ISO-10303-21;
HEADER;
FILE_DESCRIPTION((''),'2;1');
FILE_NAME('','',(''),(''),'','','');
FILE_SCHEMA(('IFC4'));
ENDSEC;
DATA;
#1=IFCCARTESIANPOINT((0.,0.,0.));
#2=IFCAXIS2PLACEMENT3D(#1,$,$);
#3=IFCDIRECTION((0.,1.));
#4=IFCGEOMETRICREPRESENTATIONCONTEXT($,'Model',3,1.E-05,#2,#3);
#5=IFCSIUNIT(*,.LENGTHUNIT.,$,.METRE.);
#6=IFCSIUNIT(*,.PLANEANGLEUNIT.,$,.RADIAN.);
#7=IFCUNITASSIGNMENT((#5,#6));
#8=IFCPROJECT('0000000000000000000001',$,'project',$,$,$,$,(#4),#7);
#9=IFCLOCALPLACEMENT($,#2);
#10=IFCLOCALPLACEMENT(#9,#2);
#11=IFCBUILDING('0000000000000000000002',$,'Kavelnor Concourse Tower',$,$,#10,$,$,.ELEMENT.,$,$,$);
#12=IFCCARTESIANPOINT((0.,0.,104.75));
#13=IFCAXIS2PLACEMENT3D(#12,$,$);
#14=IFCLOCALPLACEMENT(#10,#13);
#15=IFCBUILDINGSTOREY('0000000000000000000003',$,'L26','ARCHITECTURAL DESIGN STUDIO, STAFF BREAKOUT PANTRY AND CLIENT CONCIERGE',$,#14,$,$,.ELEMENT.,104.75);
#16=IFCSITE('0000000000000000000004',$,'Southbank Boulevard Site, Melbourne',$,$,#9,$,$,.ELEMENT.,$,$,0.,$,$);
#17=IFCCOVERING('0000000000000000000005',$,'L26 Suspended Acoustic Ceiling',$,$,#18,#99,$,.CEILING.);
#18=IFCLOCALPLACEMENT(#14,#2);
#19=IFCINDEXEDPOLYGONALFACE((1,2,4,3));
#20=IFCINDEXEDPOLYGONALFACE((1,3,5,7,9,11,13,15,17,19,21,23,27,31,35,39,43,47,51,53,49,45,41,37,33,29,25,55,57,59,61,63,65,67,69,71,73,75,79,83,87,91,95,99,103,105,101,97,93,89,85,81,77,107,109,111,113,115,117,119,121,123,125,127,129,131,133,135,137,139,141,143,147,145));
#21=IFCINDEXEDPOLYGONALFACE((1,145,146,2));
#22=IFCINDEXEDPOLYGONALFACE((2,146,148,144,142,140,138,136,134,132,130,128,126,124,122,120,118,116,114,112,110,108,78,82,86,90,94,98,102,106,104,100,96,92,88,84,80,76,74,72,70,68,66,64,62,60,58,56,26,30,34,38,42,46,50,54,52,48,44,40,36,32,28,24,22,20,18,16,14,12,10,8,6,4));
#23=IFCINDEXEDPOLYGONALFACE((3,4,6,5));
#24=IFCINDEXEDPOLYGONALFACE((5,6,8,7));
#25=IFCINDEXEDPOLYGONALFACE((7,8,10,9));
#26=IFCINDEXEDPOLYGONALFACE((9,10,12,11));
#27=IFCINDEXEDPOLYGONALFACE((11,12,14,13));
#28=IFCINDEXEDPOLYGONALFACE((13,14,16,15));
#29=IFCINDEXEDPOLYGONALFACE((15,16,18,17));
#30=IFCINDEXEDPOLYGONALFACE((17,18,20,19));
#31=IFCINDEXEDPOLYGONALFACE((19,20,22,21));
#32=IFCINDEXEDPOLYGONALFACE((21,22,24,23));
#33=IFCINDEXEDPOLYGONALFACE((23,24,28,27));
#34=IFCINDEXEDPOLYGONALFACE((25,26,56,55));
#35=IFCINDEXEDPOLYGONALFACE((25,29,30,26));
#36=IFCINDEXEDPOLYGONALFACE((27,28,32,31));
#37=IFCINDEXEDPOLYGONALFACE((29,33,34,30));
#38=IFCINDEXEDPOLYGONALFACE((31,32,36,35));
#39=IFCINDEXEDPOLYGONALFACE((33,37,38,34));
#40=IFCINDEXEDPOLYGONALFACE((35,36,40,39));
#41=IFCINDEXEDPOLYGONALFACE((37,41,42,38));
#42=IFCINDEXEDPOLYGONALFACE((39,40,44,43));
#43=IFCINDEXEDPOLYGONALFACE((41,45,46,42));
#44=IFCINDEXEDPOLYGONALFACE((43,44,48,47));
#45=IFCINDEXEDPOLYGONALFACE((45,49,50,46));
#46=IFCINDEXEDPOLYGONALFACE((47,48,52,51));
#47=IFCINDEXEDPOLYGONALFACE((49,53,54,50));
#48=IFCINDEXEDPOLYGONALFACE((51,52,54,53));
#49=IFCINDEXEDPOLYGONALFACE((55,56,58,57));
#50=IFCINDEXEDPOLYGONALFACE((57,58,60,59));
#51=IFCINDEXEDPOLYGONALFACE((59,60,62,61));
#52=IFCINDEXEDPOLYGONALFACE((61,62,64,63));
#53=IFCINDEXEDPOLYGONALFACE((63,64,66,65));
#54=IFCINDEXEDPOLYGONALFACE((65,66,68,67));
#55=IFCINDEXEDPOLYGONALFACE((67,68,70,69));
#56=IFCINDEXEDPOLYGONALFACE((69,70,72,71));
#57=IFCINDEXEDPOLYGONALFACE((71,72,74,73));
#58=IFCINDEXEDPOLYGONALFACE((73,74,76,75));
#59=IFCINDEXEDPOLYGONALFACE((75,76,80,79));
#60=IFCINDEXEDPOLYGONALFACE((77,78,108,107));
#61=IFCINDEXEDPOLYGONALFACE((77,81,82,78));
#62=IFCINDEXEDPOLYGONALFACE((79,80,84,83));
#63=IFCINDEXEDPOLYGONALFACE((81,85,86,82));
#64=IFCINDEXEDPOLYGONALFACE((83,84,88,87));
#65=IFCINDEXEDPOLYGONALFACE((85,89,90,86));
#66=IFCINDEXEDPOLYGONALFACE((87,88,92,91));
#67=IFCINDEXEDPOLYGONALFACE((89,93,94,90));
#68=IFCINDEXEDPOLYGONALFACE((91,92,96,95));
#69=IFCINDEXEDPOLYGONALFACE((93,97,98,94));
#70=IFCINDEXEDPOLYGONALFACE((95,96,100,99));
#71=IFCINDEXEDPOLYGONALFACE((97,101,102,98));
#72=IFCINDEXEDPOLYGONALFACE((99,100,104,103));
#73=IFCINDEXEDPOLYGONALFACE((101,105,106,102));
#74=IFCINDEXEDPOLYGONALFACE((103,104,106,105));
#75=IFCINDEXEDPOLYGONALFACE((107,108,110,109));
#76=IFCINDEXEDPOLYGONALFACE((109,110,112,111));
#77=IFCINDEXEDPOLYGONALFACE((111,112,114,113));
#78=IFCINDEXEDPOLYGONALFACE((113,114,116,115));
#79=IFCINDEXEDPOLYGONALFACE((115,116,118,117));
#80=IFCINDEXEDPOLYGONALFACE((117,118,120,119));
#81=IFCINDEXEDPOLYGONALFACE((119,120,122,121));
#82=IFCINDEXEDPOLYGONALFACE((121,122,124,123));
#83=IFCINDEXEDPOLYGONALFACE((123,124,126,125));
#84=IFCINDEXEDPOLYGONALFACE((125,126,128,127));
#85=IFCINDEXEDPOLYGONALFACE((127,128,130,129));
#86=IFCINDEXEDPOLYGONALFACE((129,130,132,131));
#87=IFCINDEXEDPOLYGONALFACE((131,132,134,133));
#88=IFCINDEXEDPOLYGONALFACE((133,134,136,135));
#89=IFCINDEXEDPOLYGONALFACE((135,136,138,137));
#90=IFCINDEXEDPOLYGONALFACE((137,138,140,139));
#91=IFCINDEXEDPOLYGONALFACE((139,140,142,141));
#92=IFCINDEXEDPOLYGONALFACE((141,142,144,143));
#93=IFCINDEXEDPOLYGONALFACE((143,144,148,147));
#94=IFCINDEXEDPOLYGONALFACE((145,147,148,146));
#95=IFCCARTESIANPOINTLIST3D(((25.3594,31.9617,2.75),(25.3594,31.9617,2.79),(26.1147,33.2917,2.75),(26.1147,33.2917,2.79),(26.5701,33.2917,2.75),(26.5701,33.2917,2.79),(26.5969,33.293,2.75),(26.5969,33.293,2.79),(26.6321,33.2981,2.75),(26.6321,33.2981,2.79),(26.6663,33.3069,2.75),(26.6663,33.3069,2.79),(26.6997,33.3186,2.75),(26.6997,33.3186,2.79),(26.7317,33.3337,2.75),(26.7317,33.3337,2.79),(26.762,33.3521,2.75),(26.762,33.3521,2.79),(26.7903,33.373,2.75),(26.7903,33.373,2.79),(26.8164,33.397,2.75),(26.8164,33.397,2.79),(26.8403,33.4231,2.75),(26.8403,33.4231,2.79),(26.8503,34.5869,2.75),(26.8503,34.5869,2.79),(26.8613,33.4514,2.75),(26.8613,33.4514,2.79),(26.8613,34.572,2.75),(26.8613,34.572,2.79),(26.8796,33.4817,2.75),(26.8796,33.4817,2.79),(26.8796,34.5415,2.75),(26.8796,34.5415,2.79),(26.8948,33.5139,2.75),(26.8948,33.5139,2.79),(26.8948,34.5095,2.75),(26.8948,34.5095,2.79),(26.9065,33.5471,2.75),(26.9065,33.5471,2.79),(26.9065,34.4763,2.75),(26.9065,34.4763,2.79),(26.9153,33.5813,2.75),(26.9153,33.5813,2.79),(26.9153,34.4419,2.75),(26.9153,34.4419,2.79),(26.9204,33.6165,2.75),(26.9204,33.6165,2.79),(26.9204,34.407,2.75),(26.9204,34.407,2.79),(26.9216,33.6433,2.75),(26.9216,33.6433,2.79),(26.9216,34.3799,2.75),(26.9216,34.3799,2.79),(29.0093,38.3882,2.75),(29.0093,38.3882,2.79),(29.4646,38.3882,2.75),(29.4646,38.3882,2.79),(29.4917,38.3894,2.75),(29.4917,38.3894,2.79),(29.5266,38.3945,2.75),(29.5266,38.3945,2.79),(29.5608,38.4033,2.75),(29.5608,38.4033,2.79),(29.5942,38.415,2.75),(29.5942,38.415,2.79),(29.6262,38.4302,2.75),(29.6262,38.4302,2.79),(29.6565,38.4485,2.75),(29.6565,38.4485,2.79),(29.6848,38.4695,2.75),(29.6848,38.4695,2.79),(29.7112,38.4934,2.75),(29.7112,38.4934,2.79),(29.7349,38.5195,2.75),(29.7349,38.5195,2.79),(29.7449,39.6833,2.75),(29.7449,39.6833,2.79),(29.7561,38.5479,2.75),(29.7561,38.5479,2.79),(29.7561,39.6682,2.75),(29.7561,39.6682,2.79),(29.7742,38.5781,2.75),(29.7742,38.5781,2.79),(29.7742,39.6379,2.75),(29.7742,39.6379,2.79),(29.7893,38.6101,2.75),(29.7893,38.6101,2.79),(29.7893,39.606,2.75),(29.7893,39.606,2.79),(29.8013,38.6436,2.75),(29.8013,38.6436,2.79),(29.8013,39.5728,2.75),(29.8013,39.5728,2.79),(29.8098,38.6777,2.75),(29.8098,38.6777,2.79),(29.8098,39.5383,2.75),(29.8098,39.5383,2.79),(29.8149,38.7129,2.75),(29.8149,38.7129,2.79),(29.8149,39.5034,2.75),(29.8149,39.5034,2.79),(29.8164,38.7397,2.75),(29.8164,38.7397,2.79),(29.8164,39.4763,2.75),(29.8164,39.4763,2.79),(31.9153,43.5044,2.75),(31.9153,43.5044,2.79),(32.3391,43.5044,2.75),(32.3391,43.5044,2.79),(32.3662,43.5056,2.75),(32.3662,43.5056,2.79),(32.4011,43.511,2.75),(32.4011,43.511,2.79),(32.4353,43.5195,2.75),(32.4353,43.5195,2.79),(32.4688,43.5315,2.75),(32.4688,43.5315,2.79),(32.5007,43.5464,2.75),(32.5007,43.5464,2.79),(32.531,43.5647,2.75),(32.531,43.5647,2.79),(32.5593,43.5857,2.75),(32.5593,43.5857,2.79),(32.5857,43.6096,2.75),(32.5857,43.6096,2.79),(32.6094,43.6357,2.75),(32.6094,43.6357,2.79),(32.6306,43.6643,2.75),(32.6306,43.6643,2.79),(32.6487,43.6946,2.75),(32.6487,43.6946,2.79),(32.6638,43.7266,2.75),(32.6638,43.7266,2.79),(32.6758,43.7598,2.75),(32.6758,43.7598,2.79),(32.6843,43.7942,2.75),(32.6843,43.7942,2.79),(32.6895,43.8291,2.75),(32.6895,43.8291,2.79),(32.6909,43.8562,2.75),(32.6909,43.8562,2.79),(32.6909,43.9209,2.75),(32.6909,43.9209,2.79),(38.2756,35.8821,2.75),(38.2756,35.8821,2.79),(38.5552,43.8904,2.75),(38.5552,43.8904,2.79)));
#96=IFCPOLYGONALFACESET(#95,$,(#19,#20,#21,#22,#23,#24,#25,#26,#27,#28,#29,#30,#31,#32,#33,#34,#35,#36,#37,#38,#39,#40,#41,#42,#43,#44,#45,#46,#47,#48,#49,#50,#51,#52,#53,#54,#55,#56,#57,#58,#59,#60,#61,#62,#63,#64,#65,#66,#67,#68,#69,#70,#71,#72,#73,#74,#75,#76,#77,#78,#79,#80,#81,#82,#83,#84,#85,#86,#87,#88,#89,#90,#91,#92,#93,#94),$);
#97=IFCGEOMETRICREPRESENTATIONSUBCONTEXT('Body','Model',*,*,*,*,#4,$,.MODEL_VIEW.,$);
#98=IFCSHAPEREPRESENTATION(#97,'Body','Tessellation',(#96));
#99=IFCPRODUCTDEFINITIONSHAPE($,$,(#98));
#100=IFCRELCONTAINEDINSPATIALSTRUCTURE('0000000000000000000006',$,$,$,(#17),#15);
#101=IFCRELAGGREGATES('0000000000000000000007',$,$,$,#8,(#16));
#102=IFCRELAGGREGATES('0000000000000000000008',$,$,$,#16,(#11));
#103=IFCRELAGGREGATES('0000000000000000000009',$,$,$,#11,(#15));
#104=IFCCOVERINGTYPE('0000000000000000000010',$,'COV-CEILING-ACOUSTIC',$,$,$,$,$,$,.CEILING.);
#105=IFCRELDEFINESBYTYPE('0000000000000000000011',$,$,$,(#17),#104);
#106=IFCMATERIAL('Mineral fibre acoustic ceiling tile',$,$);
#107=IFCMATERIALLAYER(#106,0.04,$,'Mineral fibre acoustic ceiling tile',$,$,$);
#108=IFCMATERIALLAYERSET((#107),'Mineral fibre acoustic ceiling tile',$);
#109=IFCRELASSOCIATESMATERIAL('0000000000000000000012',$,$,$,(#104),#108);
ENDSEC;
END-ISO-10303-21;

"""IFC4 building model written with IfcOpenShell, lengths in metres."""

from ifc_helpers import new_model, si_unit, direction, frame, origin, place, context, subcontext, project, spatial, polyline, outline, extrude, material, layer, layer_set, type_object, element, save


model = new_model("IFC4")

# Units and contexts
model_context = context("Model", 3, precision=1e-05, world=origin(), true_north=direction((0.0, 1.0)))
body_context = subcontext(model_context, "Body", "Model", "MODEL_VIEW")
ifc_project = project(units=[si_unit("LENGTHUNIT", "METRE"), si_unit("PLANEANGLEUNIT", "RADIAN")], contexts=[model_context])

# Site, building, storey
site_placement = place(None, origin())
site = spatial("IfcSite", under=ifc_project, at=site_placement, Name="Southbank Boulevard Site, Melbourne", CompositionType="ELEMENT", RefElevation=0.0)
building_placement = place(site_placement, origin())
building = spatial("IfcBuilding", under=site, at=building_placement, Name="Kavelnor Concourse Tower", CompositionType="ELEMENT")
storey_placement = place(building_placement, frame((0.0, 0.0, 104.75)))
storey = spatial("IfcBuildingStorey", under=building, at=storey_placement, Name="L26", Description="ARCHITECTURAL DESIGN STUDIO, STAFF BREAKOUT PANTRY AND CLIENT CONCIERGE", CompositionType="ELEMENT", Elevation=104.75)

# Covering
ifc_material_1 = material(Name="Mineral fibre acoustic ceiling tile")
ifc_layer_1 = layer(ifc_material_1, 0.04, Name="Mineral fibre acoustic ceiling tile")
ifc_layer_set_1 = layer_set([ifc_layer_1], Name="Mineral fibre acoustic ceiling tile")
covering_type_1 = type_object("IfcCoveringType", Name="COV-CEILING-ACOUSTIC", PredefinedType="CEILING", material=ifc_layer_set_1)
covering_1_placement = place(storey_placement, frame((0.0, 0.0, 2.75)))
element("IfcCovering", 1, at=covering_1_placement, inside=storey, type_object=covering_type_1, Name="L26 Suspended Acoustic Ceiling", PredefinedType="CEILING", context=body_context, shape_type="SweptSolid", body=[
    extrude(outline(polyline([(26.5701, 33.2917), (26.5969, 33.293), (26.6321, 33.2981), (26.6663, 33.3069), (26.6997, 33.3186), (26.7317, 33.3337), (26.762, 33.3521), (26.7903, 33.373), (26.8164, 33.397), (26.8403, 33.4231), (26.8613, 33.4514), (26.8796, 33.4817), (26.8948, 33.5139), (26.9065, 33.5471), (26.9153, 33.5813), (26.9204, 33.6165), (26.9216, 33.6433), (26.9216, 34.3799), (26.9204, 34.407), (26.9153, 34.4419), (26.9065, 34.4763), (26.8948, 34.5095), (26.8796, 34.5415), (26.8613, 34.572), (26.8503, 34.5869), (29.0093, 38.3882), (29.4646, 38.3882), (29.4917, 38.3894), (29.5266, 38.3945), (29.5608, 38.4033), (29.5942, 38.415), (29.6262, 38.4302), (29.6565, 38.4485), (29.6848, 38.4695), (29.7112, 38.4934), (29.7349, 38.5195), (29.7561, 38.5479), (29.7742, 38.5781), (29.7893, 38.6101), (29.8013, 38.6436), (29.8098, 38.6777), (29.8149, 38.7129), (29.8164, 38.7397), (29.8164, 39.4763), (29.8149, 39.5034), (29.8098, 39.5383), (29.8013, 39.5728), (29.7893, 39.606), (29.7742, 39.6379), (29.7561, 39.6682), (29.7449, 39.6833), (31.9153, 43.5044), (32.3391, 43.5044), (32.3662, 43.5056), (32.4011, 43.511), (32.4353, 43.5195), (32.4688, 43.5315), (32.5007, 43.5464), (32.531, 43.5647), (32.5593, 43.5857), (32.5857, 43.6096), (32.6094, 43.6357), (32.6306, 43.6643), (32.6487, 43.6946), (32.6638, 43.7266), (32.6758, 43.7598), (32.6843, 43.7942), (32.6895, 43.8291), (32.6909, 43.8562), (32.6909, 43.9209), (38.5552, 43.8904), (38.2756, 35.8821), (25.3594, 31.9617), (26.1147, 33.2917), (26.5701, 33.2917)])), origin(), (0.0, 0.0, 1.0), 0.04),
])

save(model, "model.ifc")
